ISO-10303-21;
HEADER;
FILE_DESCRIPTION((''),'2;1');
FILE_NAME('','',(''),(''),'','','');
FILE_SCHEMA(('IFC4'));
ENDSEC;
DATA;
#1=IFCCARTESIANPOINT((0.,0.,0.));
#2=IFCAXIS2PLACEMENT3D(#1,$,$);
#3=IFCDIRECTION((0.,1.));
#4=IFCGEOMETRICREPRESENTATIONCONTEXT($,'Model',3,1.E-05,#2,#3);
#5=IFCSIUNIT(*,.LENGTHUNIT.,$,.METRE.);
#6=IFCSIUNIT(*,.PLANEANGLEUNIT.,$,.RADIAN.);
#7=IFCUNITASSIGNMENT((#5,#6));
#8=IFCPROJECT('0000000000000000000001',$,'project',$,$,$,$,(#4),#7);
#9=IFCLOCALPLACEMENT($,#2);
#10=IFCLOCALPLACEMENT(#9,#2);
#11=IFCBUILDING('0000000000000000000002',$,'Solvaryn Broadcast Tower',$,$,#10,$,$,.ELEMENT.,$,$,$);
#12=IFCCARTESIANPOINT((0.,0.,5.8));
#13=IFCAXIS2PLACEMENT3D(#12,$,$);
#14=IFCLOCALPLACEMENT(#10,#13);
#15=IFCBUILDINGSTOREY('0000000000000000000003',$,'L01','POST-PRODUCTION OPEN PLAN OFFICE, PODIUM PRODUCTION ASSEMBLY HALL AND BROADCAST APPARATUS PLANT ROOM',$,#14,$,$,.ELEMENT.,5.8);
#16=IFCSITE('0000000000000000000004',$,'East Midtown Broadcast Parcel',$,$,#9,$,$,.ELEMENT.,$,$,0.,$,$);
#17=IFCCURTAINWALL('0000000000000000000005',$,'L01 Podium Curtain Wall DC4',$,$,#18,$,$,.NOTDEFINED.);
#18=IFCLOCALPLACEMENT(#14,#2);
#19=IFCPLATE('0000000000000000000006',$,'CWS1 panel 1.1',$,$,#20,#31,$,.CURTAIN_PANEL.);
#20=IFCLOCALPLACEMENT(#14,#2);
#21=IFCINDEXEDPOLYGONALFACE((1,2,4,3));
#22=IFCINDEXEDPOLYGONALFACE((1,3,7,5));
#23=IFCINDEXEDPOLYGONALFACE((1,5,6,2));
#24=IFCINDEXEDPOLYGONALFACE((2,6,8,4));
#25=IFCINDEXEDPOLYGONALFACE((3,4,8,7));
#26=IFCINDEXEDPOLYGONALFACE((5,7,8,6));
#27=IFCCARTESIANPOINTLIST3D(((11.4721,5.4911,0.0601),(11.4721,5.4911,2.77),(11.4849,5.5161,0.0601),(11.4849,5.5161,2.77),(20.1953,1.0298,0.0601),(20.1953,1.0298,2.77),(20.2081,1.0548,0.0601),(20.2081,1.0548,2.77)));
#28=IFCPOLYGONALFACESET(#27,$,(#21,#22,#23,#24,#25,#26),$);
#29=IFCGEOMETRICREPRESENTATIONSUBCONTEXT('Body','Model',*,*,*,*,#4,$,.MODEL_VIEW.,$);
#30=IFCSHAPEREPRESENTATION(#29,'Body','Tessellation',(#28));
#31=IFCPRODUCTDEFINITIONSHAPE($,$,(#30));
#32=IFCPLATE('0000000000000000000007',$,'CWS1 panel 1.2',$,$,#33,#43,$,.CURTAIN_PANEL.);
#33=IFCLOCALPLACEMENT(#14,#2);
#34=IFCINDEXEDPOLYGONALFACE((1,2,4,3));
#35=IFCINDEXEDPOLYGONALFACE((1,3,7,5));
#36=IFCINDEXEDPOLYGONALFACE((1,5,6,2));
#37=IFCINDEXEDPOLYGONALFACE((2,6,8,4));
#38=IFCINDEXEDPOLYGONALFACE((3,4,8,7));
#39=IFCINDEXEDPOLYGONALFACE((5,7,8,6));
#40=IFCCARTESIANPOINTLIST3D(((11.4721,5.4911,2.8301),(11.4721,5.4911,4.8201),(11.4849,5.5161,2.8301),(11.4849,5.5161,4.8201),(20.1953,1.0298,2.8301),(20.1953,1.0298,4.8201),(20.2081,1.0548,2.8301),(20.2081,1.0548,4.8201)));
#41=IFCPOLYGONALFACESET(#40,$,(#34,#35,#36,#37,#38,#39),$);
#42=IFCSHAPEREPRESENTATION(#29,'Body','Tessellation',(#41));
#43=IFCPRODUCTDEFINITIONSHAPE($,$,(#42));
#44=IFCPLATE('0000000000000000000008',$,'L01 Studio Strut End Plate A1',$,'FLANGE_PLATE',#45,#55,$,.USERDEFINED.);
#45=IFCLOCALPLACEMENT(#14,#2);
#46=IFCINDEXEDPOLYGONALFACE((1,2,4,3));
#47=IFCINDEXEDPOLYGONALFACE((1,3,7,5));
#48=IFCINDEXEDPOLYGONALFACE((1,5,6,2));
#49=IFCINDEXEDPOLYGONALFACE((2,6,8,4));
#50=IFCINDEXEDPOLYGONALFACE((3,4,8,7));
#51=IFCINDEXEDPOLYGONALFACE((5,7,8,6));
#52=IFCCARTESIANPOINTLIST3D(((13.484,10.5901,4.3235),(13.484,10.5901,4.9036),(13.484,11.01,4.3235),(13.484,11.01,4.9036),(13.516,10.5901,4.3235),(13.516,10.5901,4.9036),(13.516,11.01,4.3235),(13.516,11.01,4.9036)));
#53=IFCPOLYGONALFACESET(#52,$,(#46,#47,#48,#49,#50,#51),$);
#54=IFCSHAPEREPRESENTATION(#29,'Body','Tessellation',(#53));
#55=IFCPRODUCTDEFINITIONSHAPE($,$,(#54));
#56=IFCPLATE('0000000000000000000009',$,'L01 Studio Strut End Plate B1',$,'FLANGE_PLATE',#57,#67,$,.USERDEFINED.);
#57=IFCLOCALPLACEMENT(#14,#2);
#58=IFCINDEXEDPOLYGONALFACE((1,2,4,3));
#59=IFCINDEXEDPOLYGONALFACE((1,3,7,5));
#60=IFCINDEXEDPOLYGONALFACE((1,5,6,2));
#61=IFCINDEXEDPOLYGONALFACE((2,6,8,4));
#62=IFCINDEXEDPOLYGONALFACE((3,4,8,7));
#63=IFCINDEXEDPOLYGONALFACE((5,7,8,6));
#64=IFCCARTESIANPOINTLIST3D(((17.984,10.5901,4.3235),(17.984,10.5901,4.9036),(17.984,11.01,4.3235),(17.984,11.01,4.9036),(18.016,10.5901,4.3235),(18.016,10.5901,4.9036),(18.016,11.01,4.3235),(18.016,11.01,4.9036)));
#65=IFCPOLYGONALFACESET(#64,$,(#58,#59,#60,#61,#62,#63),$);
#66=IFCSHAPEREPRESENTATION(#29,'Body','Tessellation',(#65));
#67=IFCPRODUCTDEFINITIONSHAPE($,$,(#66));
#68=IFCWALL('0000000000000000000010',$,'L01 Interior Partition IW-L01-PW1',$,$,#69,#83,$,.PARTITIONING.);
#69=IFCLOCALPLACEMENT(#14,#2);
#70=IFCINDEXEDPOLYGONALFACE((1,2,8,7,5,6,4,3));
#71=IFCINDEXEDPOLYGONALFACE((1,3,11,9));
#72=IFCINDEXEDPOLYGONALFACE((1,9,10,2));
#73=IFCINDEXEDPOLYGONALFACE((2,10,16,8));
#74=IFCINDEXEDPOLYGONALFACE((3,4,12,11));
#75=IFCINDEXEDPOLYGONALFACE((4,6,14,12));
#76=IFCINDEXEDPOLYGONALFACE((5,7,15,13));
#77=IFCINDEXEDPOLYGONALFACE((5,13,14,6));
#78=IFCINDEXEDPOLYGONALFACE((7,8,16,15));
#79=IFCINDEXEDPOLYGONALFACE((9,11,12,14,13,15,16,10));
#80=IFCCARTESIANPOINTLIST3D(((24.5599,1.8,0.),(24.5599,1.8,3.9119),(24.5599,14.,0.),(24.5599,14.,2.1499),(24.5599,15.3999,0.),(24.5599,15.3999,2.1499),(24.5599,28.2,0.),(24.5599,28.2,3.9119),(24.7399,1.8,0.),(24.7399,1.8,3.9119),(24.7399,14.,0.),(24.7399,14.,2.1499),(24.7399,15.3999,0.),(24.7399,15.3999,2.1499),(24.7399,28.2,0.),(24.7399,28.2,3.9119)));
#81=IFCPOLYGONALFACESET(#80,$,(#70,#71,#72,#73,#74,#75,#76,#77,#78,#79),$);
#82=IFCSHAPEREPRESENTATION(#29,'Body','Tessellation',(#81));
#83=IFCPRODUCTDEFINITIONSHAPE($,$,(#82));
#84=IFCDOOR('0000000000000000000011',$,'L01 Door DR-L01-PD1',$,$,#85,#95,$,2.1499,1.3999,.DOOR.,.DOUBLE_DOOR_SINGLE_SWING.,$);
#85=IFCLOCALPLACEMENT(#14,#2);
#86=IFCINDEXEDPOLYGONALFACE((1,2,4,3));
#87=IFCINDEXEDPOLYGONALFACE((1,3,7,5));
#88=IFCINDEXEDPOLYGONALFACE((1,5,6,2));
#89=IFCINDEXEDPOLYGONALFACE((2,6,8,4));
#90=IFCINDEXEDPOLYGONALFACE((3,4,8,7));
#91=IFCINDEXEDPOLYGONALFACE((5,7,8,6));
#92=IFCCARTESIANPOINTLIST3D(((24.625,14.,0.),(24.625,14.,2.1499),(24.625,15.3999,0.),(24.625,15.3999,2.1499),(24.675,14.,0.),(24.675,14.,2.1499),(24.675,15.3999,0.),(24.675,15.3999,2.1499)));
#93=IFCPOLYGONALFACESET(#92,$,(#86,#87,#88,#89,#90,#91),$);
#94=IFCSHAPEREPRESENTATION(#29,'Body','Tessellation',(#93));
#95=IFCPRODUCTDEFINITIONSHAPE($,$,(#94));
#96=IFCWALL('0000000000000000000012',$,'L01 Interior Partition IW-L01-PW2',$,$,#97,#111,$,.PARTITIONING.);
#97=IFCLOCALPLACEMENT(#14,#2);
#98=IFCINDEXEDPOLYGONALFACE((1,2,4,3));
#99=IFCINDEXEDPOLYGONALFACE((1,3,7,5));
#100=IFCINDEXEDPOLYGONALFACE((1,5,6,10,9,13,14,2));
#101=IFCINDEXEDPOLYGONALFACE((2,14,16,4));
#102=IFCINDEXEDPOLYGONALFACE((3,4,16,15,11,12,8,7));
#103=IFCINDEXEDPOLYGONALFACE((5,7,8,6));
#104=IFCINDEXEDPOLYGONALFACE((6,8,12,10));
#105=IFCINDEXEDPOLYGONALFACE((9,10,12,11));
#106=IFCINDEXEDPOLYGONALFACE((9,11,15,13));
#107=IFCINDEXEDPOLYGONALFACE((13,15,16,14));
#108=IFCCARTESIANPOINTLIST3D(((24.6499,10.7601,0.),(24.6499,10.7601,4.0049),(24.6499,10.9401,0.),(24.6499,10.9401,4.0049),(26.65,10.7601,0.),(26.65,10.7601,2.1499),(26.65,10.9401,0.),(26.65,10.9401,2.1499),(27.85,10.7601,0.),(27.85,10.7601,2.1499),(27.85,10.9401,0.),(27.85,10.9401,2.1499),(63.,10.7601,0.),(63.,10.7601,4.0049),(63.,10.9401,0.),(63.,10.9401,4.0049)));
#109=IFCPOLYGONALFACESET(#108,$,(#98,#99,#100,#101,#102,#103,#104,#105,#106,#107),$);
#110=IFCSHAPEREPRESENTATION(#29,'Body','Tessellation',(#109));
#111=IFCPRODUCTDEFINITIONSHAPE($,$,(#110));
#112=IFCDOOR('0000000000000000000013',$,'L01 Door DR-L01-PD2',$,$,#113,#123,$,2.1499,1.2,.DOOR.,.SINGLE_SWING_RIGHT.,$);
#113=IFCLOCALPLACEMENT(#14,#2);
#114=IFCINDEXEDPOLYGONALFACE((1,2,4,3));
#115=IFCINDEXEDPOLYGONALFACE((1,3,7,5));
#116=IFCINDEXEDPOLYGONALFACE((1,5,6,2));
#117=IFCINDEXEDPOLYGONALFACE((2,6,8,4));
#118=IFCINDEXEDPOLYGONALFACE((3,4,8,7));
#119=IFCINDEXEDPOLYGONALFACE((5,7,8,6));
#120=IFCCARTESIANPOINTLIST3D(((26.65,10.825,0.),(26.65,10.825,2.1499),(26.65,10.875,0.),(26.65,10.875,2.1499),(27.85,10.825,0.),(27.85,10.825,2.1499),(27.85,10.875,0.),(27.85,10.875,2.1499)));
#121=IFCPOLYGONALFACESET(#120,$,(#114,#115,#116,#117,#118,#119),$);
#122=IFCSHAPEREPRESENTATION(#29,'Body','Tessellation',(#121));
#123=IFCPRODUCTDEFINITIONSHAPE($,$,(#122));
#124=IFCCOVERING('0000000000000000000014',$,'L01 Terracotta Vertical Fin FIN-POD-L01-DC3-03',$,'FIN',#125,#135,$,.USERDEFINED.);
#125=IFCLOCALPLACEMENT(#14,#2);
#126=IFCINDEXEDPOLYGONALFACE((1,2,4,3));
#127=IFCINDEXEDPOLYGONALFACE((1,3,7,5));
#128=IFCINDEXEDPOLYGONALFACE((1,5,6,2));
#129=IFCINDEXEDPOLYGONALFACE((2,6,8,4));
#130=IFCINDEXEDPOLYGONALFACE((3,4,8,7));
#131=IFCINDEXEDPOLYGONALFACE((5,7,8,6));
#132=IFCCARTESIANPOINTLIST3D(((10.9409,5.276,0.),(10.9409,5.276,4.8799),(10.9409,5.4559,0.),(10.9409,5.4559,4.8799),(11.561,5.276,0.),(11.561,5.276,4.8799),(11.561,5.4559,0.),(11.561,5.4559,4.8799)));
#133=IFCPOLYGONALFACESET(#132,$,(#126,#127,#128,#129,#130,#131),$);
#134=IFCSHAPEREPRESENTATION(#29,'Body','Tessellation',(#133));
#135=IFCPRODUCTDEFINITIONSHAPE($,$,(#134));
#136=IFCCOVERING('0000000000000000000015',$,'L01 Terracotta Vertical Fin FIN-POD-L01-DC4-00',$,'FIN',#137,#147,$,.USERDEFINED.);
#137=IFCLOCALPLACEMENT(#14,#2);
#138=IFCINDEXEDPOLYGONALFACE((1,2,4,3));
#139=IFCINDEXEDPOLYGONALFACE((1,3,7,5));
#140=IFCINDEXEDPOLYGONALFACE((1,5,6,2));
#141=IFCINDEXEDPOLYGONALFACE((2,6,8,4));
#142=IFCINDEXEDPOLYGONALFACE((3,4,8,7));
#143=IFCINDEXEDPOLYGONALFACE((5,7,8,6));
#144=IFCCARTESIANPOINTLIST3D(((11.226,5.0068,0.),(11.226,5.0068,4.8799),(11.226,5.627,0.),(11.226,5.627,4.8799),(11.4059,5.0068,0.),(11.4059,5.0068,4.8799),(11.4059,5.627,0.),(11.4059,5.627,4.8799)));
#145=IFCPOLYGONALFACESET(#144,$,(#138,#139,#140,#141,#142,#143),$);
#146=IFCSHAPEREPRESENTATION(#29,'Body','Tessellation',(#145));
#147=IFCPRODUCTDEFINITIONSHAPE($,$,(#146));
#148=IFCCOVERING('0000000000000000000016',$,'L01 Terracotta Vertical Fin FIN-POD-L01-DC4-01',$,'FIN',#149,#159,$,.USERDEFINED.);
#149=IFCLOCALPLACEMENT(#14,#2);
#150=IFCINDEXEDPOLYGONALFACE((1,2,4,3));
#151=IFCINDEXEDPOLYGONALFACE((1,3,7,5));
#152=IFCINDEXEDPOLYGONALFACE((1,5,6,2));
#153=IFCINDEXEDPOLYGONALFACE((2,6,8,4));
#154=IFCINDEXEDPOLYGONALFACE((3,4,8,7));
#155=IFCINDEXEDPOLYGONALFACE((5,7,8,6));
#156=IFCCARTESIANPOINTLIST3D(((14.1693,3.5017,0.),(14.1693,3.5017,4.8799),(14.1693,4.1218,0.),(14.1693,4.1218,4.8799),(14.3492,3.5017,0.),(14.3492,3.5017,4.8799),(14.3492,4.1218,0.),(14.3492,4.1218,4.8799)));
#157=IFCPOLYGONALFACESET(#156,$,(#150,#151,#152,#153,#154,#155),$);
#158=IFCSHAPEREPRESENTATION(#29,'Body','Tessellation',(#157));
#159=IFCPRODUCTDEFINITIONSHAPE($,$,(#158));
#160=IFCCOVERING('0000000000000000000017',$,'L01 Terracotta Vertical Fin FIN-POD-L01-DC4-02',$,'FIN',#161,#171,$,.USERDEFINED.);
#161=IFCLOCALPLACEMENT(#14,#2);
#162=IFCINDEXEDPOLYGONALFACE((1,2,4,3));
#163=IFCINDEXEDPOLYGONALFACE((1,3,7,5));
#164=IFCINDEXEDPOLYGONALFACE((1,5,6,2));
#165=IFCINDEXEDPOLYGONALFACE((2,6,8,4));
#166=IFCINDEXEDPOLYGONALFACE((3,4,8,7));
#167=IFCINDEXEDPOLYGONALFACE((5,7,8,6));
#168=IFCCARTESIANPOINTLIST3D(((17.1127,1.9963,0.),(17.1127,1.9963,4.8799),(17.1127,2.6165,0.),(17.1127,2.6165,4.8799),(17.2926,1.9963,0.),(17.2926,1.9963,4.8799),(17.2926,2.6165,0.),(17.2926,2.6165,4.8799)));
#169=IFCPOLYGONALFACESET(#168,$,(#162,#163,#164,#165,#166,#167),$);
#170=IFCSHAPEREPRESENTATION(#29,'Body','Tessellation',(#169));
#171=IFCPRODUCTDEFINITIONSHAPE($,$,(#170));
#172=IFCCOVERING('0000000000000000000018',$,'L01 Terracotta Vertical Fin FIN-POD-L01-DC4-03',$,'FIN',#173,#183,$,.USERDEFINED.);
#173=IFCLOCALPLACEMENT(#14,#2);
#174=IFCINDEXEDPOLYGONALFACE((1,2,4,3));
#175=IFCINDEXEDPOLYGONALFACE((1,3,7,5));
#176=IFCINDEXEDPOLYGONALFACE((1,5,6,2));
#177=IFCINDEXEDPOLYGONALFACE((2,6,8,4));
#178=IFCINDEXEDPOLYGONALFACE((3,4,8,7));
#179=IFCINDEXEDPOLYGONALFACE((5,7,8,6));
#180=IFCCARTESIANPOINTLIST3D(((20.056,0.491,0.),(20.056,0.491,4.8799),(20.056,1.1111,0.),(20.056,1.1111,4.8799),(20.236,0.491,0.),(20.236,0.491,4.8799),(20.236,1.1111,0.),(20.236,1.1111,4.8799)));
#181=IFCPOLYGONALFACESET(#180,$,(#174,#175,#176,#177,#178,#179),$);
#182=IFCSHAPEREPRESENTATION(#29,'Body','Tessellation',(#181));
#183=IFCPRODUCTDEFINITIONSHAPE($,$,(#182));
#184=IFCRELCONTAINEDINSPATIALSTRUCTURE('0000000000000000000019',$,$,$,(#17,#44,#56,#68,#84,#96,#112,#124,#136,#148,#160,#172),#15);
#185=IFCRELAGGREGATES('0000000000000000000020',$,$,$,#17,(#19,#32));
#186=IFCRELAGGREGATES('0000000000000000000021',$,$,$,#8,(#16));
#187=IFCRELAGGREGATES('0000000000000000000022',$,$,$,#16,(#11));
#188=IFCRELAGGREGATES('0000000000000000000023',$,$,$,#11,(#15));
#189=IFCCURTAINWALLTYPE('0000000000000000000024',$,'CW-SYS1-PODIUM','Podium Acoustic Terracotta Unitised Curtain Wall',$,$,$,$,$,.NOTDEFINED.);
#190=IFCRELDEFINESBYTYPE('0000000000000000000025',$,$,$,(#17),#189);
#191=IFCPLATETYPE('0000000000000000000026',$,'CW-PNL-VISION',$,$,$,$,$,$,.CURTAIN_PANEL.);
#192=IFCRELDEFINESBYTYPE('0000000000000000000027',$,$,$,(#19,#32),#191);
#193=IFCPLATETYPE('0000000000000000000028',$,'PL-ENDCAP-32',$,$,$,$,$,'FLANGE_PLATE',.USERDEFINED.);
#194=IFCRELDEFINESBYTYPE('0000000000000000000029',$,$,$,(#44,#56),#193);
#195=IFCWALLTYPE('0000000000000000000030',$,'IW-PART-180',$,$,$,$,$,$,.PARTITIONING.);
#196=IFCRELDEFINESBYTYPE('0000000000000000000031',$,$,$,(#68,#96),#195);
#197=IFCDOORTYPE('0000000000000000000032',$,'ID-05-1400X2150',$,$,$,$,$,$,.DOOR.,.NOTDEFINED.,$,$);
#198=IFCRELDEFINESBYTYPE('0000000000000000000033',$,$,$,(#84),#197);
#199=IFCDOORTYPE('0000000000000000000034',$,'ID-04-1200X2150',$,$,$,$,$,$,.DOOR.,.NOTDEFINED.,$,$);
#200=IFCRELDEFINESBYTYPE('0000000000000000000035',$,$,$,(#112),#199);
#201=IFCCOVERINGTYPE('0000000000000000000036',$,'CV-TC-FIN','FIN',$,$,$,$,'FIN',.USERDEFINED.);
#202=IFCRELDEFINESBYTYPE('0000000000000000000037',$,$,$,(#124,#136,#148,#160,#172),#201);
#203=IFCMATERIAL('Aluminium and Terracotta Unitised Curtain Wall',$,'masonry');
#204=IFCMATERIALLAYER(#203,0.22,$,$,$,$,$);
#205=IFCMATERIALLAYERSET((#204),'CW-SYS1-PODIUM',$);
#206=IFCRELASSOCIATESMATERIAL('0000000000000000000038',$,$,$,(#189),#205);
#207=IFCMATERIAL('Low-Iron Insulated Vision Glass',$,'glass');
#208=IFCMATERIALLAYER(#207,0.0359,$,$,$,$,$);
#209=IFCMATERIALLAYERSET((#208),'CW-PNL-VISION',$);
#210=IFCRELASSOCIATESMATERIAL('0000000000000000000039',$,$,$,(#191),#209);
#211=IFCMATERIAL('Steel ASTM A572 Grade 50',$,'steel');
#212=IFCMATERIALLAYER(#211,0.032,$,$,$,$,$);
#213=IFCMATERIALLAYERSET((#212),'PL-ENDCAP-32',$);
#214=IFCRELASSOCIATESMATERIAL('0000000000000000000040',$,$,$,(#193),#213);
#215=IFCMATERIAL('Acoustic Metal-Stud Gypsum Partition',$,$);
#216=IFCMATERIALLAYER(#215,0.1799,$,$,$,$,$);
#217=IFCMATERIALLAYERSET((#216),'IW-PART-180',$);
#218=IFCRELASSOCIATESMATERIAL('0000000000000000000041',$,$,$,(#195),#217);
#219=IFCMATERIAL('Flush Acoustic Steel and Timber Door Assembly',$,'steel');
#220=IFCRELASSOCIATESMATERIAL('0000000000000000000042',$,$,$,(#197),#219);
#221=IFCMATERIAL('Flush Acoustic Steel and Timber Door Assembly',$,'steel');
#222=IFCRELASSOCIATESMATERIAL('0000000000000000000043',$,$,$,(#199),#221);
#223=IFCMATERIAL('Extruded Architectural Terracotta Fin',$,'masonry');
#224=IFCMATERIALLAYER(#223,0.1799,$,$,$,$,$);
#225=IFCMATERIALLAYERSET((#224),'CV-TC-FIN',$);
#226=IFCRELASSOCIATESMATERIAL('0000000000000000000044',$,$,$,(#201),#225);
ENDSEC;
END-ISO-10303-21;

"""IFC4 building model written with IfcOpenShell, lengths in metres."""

from ifc_helpers import new_model, si_unit, direction, frame, frame_2d, origin, origin_2d, place, context, subcontext, project, spatial, rectangle, extrude, material, layer, layer_set, type_object, element, fill, aggregate, save


model = new_model("IFC4")

# Units and contexts
model_context = context("Model", 3, precision=1e-05, world=origin(), true_north=direction((0.0, 1.0)))
body_context = subcontext(model_context, "Body", "Model", "MODEL_VIEW")
ifc_project = project(units=[si_unit("LENGTHUNIT", "METRE"), si_unit("PLANEANGLEUNIT", "RADIAN")], contexts=[model_context])

# Site, building, storey
site_placement = place(None, origin())
site = spatial("IfcSite", under=ifc_project, at=site_placement, Name="East Midtown Broadcast Parcel", CompositionType="ELEMENT", RefElevation=0.0)
building_placement = place(site_placement, origin())
building = spatial("IfcBuilding", under=site, at=building_placement, Name="Solvaryn Broadcast Tower", CompositionType="ELEMENT")
storey_placement = place(building_placement, frame((0.0, 0.0, 5.8)))
storey = spatial("IfcBuildingStorey", under=building, at=storey_placement, Name="L01", Description="POST-PRODUCTION OPEN PLAN OFFICE, PODIUM PRODUCTION ASSEMBLY HALL AND BROADCAST APPARATUS PLANT ROOM", CompositionType="ELEMENT", Elevation=5.8)

# Shared definitions
ifc_material_1 = material(Name="Aluminium and Terracotta Unitised Curtain Wall", Category="masonry")
ifc_layer_1 = layer(ifc_material_1, 0.22)
ifc_layer_set_1 = layer_set([ifc_layer_1], Name="CW-SYS1-PODIUM")
curtain_wall_type = type_object("IfcCurtainWallType", Name="CW-SYS1-PODIUM", Description="Podium Acoustic Terracotta Unitised Curtain Wall", PredefinedType="NOTDEFINED", material=ifc_layer_set_1)

# Curtain wall
curtain_wall_1_placement = place(storey_placement, origin())
curtain_wall_1 = element("IfcCurtainWall", 1, at=curtain_wall_1_placement, inside=storey, type_object=curtain_wall_type, Name="L01 Podium Curtain Wall DC4", PredefinedType="NOTDEFINED")

# Plates
ifc_material_2 = material(Name="Low-Iron Insulated Vision Glass", Category="glass")
ifc_layer_2 = layer(ifc_material_2, 0.0359)
ifc_layer_set_2 = layer_set([ifc_layer_2], Name="CW-PNL-VISION")
plate_type_1 = type_object("IfcPlateType", Name="CW-PNL-VISION", PredefinedType="CURTAIN_PANEL", material=ifc_layer_set_2)
plate_1_placement = place(storey_placement, frame((15.8401, 3.2729, 0.0601), z_axis=(0.0, 0.0, 1.0), x_axis=(0.890317, -0.455342, 0.0)))
plate_1 = element("IfcPlate", 2, at=plate_1_placement, type_object=plate_type_1, Name="CWS1 panel 1.1", PredefinedType="CURTAIN_PANEL", context=body_context, shape_type="SweptSolid", body=[
    extrude(rectangle(XDim=9.7979, YDim=0.0281, at=origin_2d()), origin(), (0.0, 0.0, 1.0), 2.71),
])
plate_2_placement = place(storey_placement, frame((15.8401, 3.2729, 2.8301), z_axis=(0.0, 0.0, 1.0), x_axis=(0.890317, -0.455342, 0.0)))
plate_2 = element("IfcPlate", 3, at=plate_2_placement, type_object=plate_type_1, Name="CWS1 panel 1.2", PredefinedType="CURTAIN_PANEL", context=body_context, shape_type="SweptSolid", body=[
    extrude(rectangle(XDim=9.7979, YDim=0.0281, at=origin_2d()), origin(), (0.0, 0.0, 1.0), 1.99),
])
aggregate(curtain_wall_1, [plate_1, plate_2])

# Plates
ifc_material_3 = material(Name="Steel ASTM A572 Grade 50", Category="steel")
ifc_layer_3 = layer(ifc_material_3, 0.032)
ifc_layer_set_3 = layer_set([ifc_layer_3], Name="PL-ENDCAP-32")
plate_type_2 = type_object("IfcPlateType", Name="PL-ENDCAP-32", ElementType="FLANGE_PLATE", PredefinedType="USERDEFINED", material=ifc_layer_set_3)
for number, where, z_axis, x_axis, name in (
    (4, (13.5, 10.8, 4.3235), (0.0, 0.0, 1.0), (1.0, 0.0, 0.0), "L01 Studio Strut End Plate A1"),
    (5, (18.0, 10.8, 4.3235), (0.0, 0.0, 1.0), (1.0, 0.0, 0.0), "L01 Studio Strut End Plate B1"),
):
    element("IfcPlate", number, at=place(storey_placement, frame(where, z_axis=z_axis, x_axis=x_axis)), inside=storey, type_object=plate_type_2, Name=name, ObjectType="FLANGE_PLATE", PredefinedType="USERDEFINED", context=body_context, shape_type="SweptSolid", body=[
        extrude(rectangle(XDim=0.032, YDim=0.4199, at=origin_2d()), origin(), (0.0, 0.0, 1.0), 0.5801),
    ])

# Walls, openings, doors
ifc_material_4 = material(Name="Acoustic Metal-Stud Gypsum Partition")
ifc_layer_4 = layer(ifc_material_4, 0.1799)
ifc_layer_set_4 = layer_set([ifc_layer_4], Name="IW-PART-180")
wall_type = type_object("IfcWallType", Name="IW-PART-180", PredefinedType="PARTITIONING", material=ifc_layer_set_4)
wall_1_placement = place(storey_placement, frame((24.6499, 1.8, 0.0), z_axis=(0.0, 0.0, 1.0), x_axis=(0.0, 1.0, 0.0)))
wall_1 = element("IfcWall", 6, at=wall_1_placement, inside=storey, type_object=wall_type, Name="L01 Interior Partition IW-L01-PW1", PredefinedType="PARTITIONING", context=body_context, shape_type="SweptSolid", body=[
    extrude(rectangle(XDim=26.3999, YDim=0.1799, at=frame_2d((13.2, 0.0))), origin(), (0.0, 0.0, 1.0), 3.9119),
])
opening_1_placement = place(wall_1_placement, frame((12.2, 0.0, 0.0)))
opening_1 = element("IfcOpeningElement", 7, at=opening_1_placement, cuts=wall_1, PredefinedType="OPENING", context=body_context, shape_type="SweptSolid", body=[
    extrude(rectangle(XDim=1.3999, YDim=2.1499, at=frame_2d((0.7, 1.075))), frame((0.0, 0.0999, 0.0), z_axis=(0.0, -1.0, 0.0), x_axis=(1.0, 0.0, 0.0)), (0.0, 0.0, 1.0), 0.2),
])
ifc_material_5 = material(Name="Flush Acoustic Steel and Timber Door Assembly", Category="steel")
door_type_1 = type_object("IfcDoorType", Name="ID-05-1400X2150", OperationType="NOTDEFINED", PredefinedType="DOOR", material=ifc_material_5)
door_1_placement = place(opening_1_placement, origin())
door_1 = element("IfcDoor", 8, at=door_1_placement, inside=storey, type_object=door_type_1, Name="L01 Door DR-L01-PD1", OperationType="DOUBLE_DOOR_SINGLE_SWING", OverallHeight=2.1499, OverallWidth=1.3999, PredefinedType="DOOR", context=body_context, shape_type="SweptSolid", body=[
    extrude(rectangle(XDim=1.3999, YDim=2.1499, at=frame_2d((0.7, 1.075))), frame((0.0, 0.0249, 0.0), z_axis=(0.0, -1.0, 0.0), x_axis=(1.0, 0.0, 0.0)), (0.0, 0.0, 1.0), 0.05),
])
fill(opening_1, door_1)
wall_2_placement = place(storey_placement, frame((24.6499, 10.8501, 0.0), z_axis=(0.0, 0.0, 1.0), x_axis=(1.0, 0.0, 0.0)))
wall_2 = element("IfcWall", 9, at=wall_2_placement, inside=storey, type_object=wall_type, Name="L01 Interior Partition IW-L01-PW2", PredefinedType="PARTITIONING", context=body_context, shape_type="SweptSolid", body=[
    extrude(rectangle(XDim=38.3501, YDim=0.1799, at=frame_2d((19.175, 0.0))), origin(), (0.0, 0.0, 1.0), 4.0049),
])
opening_2_placement = place(wall_2_placement, frame((2.0, 0.0, 0.0)))
opening_2 = element("IfcOpeningElement", 10, at=opening_2_placement, cuts=wall_2, PredefinedType="OPENING", context=body_context, shape_type="SweptSolid", body=[
    extrude(rectangle(XDim=1.2, YDim=2.1499, at=frame_2d((0.6001, 1.075))), frame((0.0, 0.0999, 0.0), z_axis=(0.0, -1.0, 0.0), x_axis=(1.0, 0.0, 0.0)), (0.0, 0.0, 1.0), 0.2),
])
ifc_material_6 = material(Name="Flush Acoustic Steel and Timber Door Assembly", Category="steel")
door_type_2 = type_object("IfcDoorType", Name="ID-04-1200X2150", OperationType="NOTDEFINED", PredefinedType="DOOR", material=ifc_material_6)
door_2_placement = place(opening_2_placement, origin())
door_2 = element("IfcDoor", 11, at=door_2_placement, inside=storey, type_object=door_type_2, Name="L01 Door DR-L01-PD2", OperationType="SINGLE_SWING_RIGHT", OverallHeight=2.1499, OverallWidth=1.2, PredefinedType="DOOR", context=body_context, shape_type="SweptSolid", body=[
    extrude(rectangle(XDim=1.2, YDim=2.1499, at=frame_2d((0.6001, 1.075))), frame((0.0, 0.0249, 0.0), z_axis=(0.0, -1.0, 0.0), x_axis=(1.0, 0.0, 0.0)), (0.0, 0.0, 1.0), 0.05),
])
fill(opening_2, door_2)

# Coverings
ifc_material_7 = material(Name="Extruded Architectural Terracotta Fin", Category="masonry")
ifc_layer_5 = layer(ifc_material_7, 0.1799)
ifc_layer_set_5 = layer_set([ifc_layer_5], Name="CV-TC-FIN")
covering_type = type_object("IfcCoveringType", Name="CV-TC-FIN", Description="FIN", ElementType="FIN", PredefinedType="USERDEFINED", material=ifc_layer_set_5)
covering_placement = place(storey_placement, frame((11.251, 5.366, 0.0), z_axis=(0.0, 0.0, 1.0), x_axis=(1.0, 0.0, 0.0)))
element("IfcCovering", 12, at=covering_placement, inside=storey, type_object=covering_type, Name="L01 Terracotta Vertical Fin FIN-POD-L01-DC3-03", ObjectType="FIN", PredefinedType="USERDEFINED", context=body_context, shape_type="SweptSolid", body=[
    extrude(rectangle(XDim=0.6201, YDim=0.1799, at=origin_2d()), origin(), (0.0, 0.0, 1.0), 4.8799),
])
for number, where, z_axis, x_axis, name in (
    (13, (11.3159, 5.3169, 0.0), (0.0, 0.0, 1.0), (1.0, 0.0, 0.0), "L01 Terracotta Vertical Fin FIN-POD-L01-DC4-00"),
    (14, (14.2593, 3.8118, 0.0), (0.0, 0.0, 1.0), (1.0, 0.0, 0.0), "L01 Terracotta Vertical Fin FIN-POD-L01-DC4-01"),
    (15, (17.2026, 2.3064, 0.0), (0.0, 0.0, 1.0), (1.0, 0.0, 0.0), "L01 Terracotta Vertical Fin FIN-POD-L01-DC4-02"),
    (16, (20.146, 0.801, 0.0), (0.0, 0.0, 1.0), (1.0, 0.0, 0.0), "L01 Terracotta Vertical Fin FIN-POD-L01-DC4-03"),
):
    element("IfcCovering", number, at=place(storey_placement, frame(where, z_axis=z_axis, x_axis=x_axis)), inside=storey, type_object=covering_type, Name=name, ObjectType="FIN", PredefinedType="USERDEFINED", context=body_context, shape_type="SweptSolid", body=[
        extrude(rectangle(XDim=0.1799, YDim=0.6201, at=origin_2d()), origin(), (0.0, 0.0, 1.0), 4.8799),
    ])

save(model, "model.ifc")
